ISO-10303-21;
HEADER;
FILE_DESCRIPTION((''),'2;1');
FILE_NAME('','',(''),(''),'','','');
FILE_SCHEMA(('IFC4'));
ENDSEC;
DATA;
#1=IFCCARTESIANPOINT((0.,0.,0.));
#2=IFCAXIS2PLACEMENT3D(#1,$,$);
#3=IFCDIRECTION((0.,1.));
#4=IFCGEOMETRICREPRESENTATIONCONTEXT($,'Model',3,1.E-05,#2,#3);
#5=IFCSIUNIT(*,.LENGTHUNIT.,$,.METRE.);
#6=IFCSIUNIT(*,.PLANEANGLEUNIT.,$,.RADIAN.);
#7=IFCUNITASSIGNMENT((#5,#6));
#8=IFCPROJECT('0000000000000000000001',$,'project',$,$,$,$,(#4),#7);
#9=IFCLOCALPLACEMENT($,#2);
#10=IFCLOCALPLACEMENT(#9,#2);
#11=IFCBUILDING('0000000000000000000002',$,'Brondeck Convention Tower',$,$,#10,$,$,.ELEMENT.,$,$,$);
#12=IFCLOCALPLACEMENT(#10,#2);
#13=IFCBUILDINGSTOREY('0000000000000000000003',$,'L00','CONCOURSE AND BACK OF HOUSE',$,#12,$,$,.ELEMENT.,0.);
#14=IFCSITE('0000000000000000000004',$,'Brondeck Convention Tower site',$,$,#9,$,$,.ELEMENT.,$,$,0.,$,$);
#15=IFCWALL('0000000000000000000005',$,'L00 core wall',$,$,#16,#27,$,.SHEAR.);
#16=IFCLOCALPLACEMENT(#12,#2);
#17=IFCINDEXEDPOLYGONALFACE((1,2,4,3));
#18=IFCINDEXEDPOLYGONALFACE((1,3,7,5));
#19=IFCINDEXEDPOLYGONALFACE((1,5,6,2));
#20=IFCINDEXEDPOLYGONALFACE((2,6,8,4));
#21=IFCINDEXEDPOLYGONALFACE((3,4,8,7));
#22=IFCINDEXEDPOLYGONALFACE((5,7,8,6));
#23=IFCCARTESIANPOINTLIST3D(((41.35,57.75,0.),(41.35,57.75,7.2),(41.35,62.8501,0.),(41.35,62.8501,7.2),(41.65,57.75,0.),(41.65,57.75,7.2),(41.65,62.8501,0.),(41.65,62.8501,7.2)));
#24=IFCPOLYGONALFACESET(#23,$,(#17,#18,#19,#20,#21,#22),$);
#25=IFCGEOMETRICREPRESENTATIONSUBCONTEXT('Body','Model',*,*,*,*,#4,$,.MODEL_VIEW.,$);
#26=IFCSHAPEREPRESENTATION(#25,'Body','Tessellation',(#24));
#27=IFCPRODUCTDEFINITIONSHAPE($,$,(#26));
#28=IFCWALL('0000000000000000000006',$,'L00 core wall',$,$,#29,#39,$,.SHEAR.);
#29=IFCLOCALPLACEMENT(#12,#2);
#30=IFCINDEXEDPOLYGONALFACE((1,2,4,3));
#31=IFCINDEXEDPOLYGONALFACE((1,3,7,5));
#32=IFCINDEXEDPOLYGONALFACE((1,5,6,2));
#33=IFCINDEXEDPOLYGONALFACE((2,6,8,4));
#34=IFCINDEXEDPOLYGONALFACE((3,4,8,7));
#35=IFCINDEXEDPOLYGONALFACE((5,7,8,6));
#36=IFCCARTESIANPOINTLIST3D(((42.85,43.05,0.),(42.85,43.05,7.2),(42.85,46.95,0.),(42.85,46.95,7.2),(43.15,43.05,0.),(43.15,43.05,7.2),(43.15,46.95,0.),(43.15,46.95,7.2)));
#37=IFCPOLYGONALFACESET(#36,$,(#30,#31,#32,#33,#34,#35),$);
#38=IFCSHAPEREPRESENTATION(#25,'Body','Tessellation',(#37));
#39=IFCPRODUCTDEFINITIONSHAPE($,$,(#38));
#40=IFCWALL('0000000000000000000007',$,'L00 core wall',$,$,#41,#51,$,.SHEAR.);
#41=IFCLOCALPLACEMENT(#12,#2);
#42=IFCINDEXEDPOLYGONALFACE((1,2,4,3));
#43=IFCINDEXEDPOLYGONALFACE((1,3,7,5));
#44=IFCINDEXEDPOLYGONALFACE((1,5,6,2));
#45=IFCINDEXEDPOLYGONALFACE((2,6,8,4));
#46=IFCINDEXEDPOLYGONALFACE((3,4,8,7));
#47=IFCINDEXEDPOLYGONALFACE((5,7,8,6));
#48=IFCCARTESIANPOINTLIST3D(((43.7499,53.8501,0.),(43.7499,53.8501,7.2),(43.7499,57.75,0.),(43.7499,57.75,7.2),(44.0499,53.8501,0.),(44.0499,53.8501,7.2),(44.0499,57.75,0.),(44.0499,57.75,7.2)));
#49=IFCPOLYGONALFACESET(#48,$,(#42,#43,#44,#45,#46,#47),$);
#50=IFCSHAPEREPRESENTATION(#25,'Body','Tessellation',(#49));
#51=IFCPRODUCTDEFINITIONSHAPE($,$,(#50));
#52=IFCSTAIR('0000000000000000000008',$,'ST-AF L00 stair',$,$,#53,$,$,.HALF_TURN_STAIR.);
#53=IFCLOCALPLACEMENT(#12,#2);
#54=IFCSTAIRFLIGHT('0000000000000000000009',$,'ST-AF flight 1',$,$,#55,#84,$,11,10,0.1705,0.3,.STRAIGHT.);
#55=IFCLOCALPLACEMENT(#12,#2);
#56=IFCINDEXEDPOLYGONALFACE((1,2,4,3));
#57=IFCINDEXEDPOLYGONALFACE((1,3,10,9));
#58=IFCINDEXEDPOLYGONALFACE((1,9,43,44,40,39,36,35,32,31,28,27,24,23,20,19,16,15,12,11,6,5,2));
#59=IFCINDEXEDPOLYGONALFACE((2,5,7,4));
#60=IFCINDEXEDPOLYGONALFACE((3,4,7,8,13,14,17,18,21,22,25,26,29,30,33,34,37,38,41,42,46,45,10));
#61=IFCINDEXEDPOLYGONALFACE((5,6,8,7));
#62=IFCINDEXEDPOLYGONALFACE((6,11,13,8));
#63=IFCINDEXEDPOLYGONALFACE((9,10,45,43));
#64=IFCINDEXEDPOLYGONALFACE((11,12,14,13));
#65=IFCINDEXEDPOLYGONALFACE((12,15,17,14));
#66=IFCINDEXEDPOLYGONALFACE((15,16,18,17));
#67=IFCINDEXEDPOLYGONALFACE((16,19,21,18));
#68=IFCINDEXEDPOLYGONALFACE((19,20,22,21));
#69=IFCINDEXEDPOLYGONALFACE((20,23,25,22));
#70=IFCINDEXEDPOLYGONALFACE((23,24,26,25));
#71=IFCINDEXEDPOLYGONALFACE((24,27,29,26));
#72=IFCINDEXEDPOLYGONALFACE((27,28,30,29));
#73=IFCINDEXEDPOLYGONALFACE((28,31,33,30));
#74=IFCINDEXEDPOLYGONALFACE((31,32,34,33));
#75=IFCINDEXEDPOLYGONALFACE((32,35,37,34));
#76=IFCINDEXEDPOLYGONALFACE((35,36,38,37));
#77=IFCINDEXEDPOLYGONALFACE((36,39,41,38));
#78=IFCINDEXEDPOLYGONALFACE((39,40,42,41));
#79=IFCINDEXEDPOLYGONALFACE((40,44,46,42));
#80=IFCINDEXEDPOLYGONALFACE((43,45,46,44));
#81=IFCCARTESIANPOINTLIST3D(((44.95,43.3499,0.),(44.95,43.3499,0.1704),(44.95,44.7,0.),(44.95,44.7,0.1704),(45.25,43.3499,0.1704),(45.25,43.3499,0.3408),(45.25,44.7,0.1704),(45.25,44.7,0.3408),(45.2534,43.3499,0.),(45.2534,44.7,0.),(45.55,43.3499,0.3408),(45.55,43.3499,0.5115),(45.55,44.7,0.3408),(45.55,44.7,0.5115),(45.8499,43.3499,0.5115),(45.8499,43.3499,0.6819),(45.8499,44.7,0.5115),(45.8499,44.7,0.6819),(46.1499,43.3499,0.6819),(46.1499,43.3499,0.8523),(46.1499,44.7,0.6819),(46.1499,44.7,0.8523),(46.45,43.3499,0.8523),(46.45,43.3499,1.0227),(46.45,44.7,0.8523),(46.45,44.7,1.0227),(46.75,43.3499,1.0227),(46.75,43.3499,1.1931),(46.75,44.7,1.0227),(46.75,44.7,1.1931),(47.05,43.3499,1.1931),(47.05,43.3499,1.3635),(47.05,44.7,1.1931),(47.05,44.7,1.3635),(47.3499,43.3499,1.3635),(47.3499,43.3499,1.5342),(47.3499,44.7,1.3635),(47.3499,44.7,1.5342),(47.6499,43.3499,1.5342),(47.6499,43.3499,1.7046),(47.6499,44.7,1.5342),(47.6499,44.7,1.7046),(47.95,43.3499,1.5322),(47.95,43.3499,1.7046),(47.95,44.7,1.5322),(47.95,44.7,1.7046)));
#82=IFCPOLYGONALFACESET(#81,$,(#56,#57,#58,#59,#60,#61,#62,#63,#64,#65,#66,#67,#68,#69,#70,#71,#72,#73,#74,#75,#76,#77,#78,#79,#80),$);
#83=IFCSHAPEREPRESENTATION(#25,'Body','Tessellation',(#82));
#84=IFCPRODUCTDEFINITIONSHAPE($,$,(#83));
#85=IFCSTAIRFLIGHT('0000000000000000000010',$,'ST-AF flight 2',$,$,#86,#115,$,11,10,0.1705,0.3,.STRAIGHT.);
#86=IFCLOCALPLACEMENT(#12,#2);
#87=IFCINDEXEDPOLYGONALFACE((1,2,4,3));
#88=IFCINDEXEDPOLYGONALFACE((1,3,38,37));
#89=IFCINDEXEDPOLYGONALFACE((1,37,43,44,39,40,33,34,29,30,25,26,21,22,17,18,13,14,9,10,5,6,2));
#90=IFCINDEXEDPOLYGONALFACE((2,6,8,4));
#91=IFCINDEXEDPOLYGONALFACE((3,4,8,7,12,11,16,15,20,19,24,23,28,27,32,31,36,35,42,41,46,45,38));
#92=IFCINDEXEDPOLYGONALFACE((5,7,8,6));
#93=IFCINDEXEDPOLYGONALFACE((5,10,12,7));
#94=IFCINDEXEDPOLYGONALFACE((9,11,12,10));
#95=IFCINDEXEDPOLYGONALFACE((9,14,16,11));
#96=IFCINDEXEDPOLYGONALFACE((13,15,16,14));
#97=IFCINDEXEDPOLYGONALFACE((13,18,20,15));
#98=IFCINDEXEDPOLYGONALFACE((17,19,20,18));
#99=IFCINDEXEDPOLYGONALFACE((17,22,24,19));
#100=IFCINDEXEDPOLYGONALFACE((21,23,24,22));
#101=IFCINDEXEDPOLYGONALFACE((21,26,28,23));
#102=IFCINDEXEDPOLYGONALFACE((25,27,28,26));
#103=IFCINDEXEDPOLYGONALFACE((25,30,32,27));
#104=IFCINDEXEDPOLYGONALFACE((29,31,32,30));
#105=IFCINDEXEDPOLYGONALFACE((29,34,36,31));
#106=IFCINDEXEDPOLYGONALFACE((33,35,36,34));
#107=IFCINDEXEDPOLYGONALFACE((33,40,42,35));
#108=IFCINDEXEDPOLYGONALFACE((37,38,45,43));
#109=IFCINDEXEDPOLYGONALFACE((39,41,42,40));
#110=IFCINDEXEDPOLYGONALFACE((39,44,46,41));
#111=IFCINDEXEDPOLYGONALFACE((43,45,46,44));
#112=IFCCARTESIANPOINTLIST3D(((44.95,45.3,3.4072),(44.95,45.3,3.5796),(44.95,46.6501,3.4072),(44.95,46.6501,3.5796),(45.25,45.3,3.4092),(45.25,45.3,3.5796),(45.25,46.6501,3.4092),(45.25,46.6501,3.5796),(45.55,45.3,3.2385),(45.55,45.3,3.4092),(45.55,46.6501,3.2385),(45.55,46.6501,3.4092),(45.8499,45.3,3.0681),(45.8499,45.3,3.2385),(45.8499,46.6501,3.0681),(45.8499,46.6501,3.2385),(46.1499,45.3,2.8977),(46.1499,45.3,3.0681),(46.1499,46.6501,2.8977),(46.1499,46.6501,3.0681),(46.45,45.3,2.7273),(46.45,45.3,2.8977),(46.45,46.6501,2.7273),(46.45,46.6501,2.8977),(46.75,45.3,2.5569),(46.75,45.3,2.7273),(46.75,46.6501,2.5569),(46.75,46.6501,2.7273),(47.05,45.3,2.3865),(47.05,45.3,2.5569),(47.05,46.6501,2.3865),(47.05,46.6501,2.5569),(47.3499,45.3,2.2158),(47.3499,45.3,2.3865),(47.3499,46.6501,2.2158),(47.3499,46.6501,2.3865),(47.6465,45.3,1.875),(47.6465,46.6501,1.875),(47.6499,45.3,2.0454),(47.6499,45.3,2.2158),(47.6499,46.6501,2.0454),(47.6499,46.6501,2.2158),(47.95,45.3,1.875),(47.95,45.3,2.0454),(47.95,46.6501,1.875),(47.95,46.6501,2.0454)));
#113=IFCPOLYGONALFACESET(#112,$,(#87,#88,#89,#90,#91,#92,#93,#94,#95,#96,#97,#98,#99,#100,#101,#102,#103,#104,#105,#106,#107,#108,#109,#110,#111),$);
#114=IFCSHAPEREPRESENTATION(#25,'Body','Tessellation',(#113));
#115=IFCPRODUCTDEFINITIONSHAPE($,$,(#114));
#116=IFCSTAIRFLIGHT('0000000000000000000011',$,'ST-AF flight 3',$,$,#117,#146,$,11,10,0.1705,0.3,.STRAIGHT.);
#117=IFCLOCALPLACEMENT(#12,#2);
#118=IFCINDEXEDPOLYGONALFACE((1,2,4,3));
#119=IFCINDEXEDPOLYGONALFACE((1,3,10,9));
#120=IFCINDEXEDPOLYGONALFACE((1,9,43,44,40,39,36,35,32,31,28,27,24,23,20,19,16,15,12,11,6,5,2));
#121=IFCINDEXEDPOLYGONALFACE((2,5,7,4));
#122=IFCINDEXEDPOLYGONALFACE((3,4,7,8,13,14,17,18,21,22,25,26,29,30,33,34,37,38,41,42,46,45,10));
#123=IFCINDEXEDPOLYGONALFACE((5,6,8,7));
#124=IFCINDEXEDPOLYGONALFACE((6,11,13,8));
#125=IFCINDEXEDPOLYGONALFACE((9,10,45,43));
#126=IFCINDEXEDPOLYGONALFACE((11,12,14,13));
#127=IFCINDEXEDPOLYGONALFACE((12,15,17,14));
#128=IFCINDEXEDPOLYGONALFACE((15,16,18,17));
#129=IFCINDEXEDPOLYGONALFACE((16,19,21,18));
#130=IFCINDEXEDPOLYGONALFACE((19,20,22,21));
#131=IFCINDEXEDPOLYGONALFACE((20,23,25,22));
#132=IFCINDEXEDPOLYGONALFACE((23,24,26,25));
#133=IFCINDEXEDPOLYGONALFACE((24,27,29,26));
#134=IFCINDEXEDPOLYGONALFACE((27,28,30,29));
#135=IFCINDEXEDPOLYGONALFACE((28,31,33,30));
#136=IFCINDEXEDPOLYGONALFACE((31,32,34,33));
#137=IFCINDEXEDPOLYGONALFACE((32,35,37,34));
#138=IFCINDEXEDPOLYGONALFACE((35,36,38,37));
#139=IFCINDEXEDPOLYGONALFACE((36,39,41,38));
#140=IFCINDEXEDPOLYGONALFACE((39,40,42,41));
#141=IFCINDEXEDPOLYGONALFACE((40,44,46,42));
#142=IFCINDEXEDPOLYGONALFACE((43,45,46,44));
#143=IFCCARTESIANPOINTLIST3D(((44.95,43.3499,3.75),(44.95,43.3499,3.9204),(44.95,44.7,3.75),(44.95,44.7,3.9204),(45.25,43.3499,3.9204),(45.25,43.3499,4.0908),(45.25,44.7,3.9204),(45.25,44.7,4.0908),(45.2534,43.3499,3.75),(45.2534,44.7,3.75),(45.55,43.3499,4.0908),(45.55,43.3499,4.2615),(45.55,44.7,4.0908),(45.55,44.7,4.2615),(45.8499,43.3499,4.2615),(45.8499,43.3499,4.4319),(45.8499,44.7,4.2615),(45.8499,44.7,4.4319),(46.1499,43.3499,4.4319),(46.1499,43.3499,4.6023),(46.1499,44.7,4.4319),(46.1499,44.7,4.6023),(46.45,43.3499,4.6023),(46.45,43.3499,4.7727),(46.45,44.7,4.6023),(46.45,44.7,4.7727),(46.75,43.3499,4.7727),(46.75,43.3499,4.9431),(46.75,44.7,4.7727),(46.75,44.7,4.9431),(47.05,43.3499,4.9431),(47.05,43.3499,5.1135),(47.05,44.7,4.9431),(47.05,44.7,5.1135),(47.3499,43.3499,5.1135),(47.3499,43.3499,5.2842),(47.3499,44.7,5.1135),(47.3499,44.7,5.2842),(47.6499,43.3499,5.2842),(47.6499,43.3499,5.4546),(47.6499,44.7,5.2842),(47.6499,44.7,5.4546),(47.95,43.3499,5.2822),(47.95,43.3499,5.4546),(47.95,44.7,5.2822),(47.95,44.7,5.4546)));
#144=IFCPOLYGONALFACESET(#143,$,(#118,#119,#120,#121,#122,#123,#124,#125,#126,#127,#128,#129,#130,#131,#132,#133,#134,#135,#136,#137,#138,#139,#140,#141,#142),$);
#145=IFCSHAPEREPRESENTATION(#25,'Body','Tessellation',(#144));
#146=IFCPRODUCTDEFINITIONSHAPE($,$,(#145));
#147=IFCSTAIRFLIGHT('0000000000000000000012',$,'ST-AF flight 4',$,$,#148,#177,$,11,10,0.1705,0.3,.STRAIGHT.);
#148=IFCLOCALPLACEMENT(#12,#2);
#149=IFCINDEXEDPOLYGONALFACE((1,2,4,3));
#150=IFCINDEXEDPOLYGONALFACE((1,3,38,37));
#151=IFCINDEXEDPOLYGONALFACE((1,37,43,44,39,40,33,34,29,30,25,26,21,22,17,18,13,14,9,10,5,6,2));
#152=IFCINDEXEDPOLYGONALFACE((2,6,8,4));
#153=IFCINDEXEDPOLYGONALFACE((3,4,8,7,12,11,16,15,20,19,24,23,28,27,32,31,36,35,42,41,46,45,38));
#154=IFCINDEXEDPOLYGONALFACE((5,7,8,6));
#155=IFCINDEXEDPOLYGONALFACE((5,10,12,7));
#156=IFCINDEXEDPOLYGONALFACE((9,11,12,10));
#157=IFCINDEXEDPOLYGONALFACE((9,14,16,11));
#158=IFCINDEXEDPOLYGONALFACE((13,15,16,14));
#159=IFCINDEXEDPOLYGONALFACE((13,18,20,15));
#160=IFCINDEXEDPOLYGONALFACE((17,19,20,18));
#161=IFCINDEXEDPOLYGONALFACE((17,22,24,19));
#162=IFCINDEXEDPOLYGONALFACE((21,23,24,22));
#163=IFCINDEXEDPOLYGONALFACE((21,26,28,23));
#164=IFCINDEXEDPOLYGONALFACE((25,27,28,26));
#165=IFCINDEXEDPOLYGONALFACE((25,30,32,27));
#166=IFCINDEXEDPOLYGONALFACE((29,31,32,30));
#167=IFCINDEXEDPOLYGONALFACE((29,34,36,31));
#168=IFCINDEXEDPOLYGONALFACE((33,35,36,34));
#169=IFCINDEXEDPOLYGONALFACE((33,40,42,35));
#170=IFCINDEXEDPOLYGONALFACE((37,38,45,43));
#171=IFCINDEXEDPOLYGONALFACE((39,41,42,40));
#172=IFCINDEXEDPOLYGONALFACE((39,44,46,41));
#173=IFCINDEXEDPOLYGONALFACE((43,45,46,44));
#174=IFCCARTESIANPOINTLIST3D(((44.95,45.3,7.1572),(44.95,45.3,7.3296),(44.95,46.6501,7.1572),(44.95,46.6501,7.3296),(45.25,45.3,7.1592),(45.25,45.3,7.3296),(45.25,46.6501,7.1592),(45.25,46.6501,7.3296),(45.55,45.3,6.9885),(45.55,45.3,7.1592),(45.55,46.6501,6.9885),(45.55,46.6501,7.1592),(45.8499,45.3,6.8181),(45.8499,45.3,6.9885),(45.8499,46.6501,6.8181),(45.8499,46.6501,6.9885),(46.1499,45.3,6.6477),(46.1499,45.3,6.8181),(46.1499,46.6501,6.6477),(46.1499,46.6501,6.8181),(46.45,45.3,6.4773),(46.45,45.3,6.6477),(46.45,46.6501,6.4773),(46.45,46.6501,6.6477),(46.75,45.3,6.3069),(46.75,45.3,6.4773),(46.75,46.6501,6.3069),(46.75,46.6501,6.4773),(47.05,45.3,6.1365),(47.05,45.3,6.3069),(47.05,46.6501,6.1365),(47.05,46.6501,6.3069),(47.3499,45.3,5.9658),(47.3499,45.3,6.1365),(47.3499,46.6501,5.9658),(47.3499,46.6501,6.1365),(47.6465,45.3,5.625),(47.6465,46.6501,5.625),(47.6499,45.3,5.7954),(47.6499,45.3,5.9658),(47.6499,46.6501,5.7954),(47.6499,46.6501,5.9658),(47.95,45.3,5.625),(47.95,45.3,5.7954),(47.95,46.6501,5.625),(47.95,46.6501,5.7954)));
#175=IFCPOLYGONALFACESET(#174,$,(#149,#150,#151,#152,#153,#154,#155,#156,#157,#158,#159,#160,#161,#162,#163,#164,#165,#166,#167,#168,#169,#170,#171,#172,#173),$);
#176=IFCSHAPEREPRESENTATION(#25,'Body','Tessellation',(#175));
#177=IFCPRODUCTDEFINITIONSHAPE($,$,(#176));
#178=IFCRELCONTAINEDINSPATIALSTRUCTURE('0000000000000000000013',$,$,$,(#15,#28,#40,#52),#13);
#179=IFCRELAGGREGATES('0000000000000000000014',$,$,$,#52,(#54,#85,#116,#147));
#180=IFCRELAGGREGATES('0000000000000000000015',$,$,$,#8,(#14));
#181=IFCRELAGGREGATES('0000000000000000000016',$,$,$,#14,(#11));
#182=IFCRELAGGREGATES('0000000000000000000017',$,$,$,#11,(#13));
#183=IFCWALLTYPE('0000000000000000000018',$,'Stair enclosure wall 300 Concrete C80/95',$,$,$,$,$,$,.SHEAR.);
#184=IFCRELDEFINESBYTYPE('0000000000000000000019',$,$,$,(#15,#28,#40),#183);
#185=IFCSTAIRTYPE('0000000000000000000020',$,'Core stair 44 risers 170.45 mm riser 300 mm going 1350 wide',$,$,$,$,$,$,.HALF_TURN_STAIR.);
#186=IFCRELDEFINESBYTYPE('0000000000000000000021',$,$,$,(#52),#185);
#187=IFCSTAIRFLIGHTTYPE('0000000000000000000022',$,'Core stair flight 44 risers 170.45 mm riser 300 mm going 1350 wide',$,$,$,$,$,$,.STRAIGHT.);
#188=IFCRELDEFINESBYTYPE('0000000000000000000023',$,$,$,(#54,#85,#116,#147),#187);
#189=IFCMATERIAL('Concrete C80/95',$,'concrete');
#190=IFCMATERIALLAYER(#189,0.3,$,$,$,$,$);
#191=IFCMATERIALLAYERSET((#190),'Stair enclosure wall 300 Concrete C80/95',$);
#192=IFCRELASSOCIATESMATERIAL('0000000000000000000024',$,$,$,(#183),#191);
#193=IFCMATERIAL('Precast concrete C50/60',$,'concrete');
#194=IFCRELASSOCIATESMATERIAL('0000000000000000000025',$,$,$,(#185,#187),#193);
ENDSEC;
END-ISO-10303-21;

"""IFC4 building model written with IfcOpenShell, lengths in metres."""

from ifc_helpers import new_model, si_unit, direction, frame, frame_2d, origin, place, context, subcontext, project, spatial, polyline, rectangle, outline, extrude, material, layer, layer_set, type_object, element, aggregate, save


model = new_model("IFC4")

# Units and contexts
model_context = context("Model", 3, precision=1e-05, world=origin(), true_north=direction((0.0, 1.0)))
body_context = subcontext(model_context, "Body", "Model", "MODEL_VIEW")
ifc_project = project(units=[si_unit("LENGTHUNIT", "METRE"), si_unit("PLANEANGLEUNIT", "RADIAN")], contexts=[model_context])

# Site, building, storey
site_placement = place(None, origin())
site = spatial("IfcSite", under=ifc_project, at=site_placement, Name="Brondeck Convention Tower site", CompositionType="ELEMENT", RefElevation=0.0)
building_placement = place(site_placement, origin())
building = spatial("IfcBuilding", under=site, at=building_placement, Name="Brondeck Convention Tower", CompositionType="ELEMENT")
storey_placement = place(building_placement, origin())
storey = spatial("IfcBuildingStorey", under=building, at=storey_placement, Name="L00", Description="CONCOURSE AND BACK OF HOUSE", CompositionType="ELEMENT", Elevation=0.0)

# Shared definitions
ifc_material_1 = material(Name="Concrete C80/95", Category="concrete")

# Shared definitions
ifc_layer_1 = layer(ifc_material_1, 0.3)
ifc_layer_set_1 = layer_set([ifc_layer_1], Name="Stair enclosure wall 300 Concrete C80/95")
wall_type_1 = type_object("IfcWallType", Name="Stair enclosure wall 300 Concrete C80/95", PredefinedType="SHEAR", material=ifc_layer_set_1)

# Walls
wall_1_placement = place(storey_placement, frame((41.5, 57.75, 0.0), z_axis=(0.0, 0.0, 1.0), x_axis=(0.0, 1.0, 0.0)))
element("IfcWall", 1, at=wall_1_placement, inside=storey, type_object=wall_type_1, Name="L00 core wall", PredefinedType="SHEAR", context=body_context, shape_type="SweptSolid", body=[
    extrude(rectangle(XDim=5.1001, YDim=0.3, at=frame_2d((2.55, 0.0))), origin(), (0.0, 0.0, 1.0), 7.2),
])
for number, where, z_axis, x_axis, name in (
    (2, (43.0, 43.05, 0.0), (0.0, 0.0, 1.0), (0.0, 1.0, 0.0), "L00 core wall"),
    (3, (43.8999, 53.8501, 0.0), (0.0, 0.0, 1.0), (0.0, 1.0, 0.0), "L00 core wall"),
):
    element("IfcWall", number, at=place(storey_placement, frame(where, z_axis=z_axis, x_axis=x_axis)), inside=storey, type_object=wall_type_1, Name=name, PredefinedType="SHEAR", context=body_context, shape_type="SweptSolid", body=[
        extrude(rectangle(XDim=3.8999, YDim=0.3, at=frame_2d((1.95, 0.0))), origin(), (0.0, 0.0, 1.0), 7.2),
    ])

# Stair, stair flights
ifc_material_2 = material(Name="Precast concrete C50/60", Category="concrete")
stair_type = type_object("IfcStairType", Name="Core stair 44 risers 170.45 mm riser 300 mm going 1350 wide", PredefinedType="HALF_TURN_STAIR", material=ifc_material_2)
stair_placement = place(storey_placement, origin())
stair = element("IfcStair", 4, at=stair_placement, inside=storey, type_object=stair_type, Name="ST-AF L00 stair", PredefinedType="HALF_TURN_STAIR")
stair_flight_type = type_object("IfcStairFlightType", Name="Core stair flight 44 risers 170.45 mm riser 300 mm going 1350 wide", PredefinedType="STRAIGHT", material=ifc_material_2)
stair_flight_1_placement = place(storey_placement, frame((44.95, 44.0249, 0.0), z_axis=(0.0, 0.0, 1.0), x_axis=(1.0, 0.0, 0.0)))
stair_flight_1 = element("IfcStairFlight", 5, at=stair_flight_1_placement, type_object=stair_flight_type, Name="ST-AF flight 1", NumberOfRisers=11, NumberOfTreads=10, PredefinedType="STRAIGHT", RiserHeight=0.1705, TreadLength=0.3, context=body_context, shape_type="SweptSolid", body=[
    extrude(outline(polyline([(0.0, 0.0), (0.0, 0.1704), (0.3, 0.1704), (0.3, 0.3408), (0.6001, 0.3408), (0.6001, 0.5115), (0.8999, 0.5115), (0.8999, 0.6819), (1.2, 0.6819), (1.2, 0.8523), (1.5, 0.8523), (1.5, 1.0227), (1.8, 1.0227), (1.8, 1.1931), (2.1001, 1.1931), (2.1001, 1.3635), (2.3999, 1.3635), (2.3999, 1.5342), (2.7, 1.5342), (2.7, 1.7046), (3.0, 1.7046), (3.0, 1.875), (3.0, 1.5322), (0.3035, 0.0), (0.0, 0.0)])), frame((0.0, 0.675, 0.0), z_axis=(0.0, -1.0, 0.0), x_axis=(1.0, 0.0, 0.0)), (0.0, 0.0, 1.0), 1.3501),
])
stair_flight_2_placement = place(storey_placement, frame((47.95, 45.9751, 1.875), z_axis=(0.0, 0.0, 1.0), x_axis=(-1.0, 0.0, 0.0)))
stair_flight_2 = element("IfcStairFlight", 6, at=stair_flight_2_placement, type_object=stair_flight_type, Name="ST-AF flight 2", NumberOfRisers=11, NumberOfTreads=10, PredefinedType="STRAIGHT", RiserHeight=0.1705, TreadLength=0.3, context=body_context, shape_type="SweptSolid", body=[
    extrude(outline(polyline([(0.0, 0.0), (0.0, 0.1704), (0.3, 0.1704), (0.3, 0.3408), (0.6001, 0.3408), (0.6001, 0.5115), (0.8999, 0.5115), (0.8999, 0.6819), (1.2, 0.6819), (1.2, 0.8523), (1.5, 0.8523), (1.5, 1.0227), (1.8, 1.0227), (1.8, 1.1931), (2.1001, 1.1931), (2.1001, 1.3635), (2.3999, 1.3635), (2.3999, 1.5342), (2.7, 1.5342), (2.7, 1.7046), (3.0, 1.7046), (3.0, 1.875), (3.0, 1.5322), (0.3035, 0.0), (0.0, 0.0)])), frame((0.0, 0.675, 0.0), z_axis=(0.0, -1.0, 0.0), x_axis=(1.0, 0.0, 0.0)), (0.0, 0.0, 1.0), 1.3501),
])
stair_flight_3_placement = place(storey_placement, frame((44.95, 44.0249, 3.75), z_axis=(0.0, 0.0, 1.0), x_axis=(1.0, 0.0, 0.0)))
stair_flight_3 = element("IfcStairFlight", 7, at=stair_flight_3_placement, type_object=stair_flight_type, Name="ST-AF flight 3", NumberOfRisers=11, NumberOfTreads=10, PredefinedType="STRAIGHT", RiserHeight=0.1705, TreadLength=0.3, context=body_context, shape_type="SweptSolid", body=[
    extrude(outline(polyline([(0.0, 0.0), (0.0, 0.1704), (0.3, 0.1704), (0.3, 0.3408), (0.6001, 0.3408), (0.6001, 0.5115), (0.8999, 0.5115), (0.8999, 0.6819), (1.2, 0.6819), (1.2, 0.8523), (1.5, 0.8523), (1.5, 1.0227), (1.8, 1.0227), (1.8, 1.1931), (2.1001, 1.1931), (2.1001, 1.3635), (2.3999, 1.3635), (2.3999, 1.5342), (2.7, 1.5342), (2.7, 1.7046), (3.0, 1.7046), (3.0, 1.875), (3.0, 1.5322), (0.3035, 0.0), (0.0, 0.0)])), frame((0.0, 0.675, 0.0), z_axis=(0.0, -1.0, 0.0), x_axis=(1.0, 0.0, 0.0)), (0.0, 0.0, 1.0), 1.3501),
])
stair_flight_4_placement = place(storey_placement, frame((47.95, 45.9751, 5.625), z_axis=(0.0, 0.0, 1.0), x_axis=(-1.0, 0.0, 0.0)))
stair_flight_4 = element("IfcStairFlight", 8, at=stair_flight_4_placement, type_object=stair_flight_type, Name="ST-AF flight 4", NumberOfRisers=11, NumberOfTreads=10, PredefinedType="STRAIGHT", RiserHeight=0.1705, TreadLength=0.3, context=body_context, shape_type="SweptSolid", body=[
    extrude(outline(polyline([(0.0, 0.0), (0.0, 0.1704), (0.3, 0.1704), (0.3, 0.3408), (0.6001, 0.3408), (0.6001, 0.5115), (0.8999, 0.5115), (0.8999, 0.6819), (1.2, 0.6819), (1.2, 0.8523), (1.5, 0.8523), (1.5, 1.0227), (1.8, 1.0227), (1.8, 1.1931), (2.1001, 1.1931), (2.1001, 1.3635), (2.3999, 1.3635), (2.3999, 1.5342), (2.7, 1.5342), (2.7, 1.7046), (3.0, 1.7046), (3.0, 1.875), (3.0, 1.5322), (0.3035, 0.0), (0.0, 0.0)])), frame((0.0, 0.675, 0.0), z_axis=(0.0, -1.0, 0.0), x_axis=(1.0, 0.0, 0.0)), (0.0, 0.0, 1.0), 1.3501),
])
aggregate(stair, [stair_flight_1, stair_flight_2, stair_flight_3, stair_flight_4])

save(model, "model.ifc")
